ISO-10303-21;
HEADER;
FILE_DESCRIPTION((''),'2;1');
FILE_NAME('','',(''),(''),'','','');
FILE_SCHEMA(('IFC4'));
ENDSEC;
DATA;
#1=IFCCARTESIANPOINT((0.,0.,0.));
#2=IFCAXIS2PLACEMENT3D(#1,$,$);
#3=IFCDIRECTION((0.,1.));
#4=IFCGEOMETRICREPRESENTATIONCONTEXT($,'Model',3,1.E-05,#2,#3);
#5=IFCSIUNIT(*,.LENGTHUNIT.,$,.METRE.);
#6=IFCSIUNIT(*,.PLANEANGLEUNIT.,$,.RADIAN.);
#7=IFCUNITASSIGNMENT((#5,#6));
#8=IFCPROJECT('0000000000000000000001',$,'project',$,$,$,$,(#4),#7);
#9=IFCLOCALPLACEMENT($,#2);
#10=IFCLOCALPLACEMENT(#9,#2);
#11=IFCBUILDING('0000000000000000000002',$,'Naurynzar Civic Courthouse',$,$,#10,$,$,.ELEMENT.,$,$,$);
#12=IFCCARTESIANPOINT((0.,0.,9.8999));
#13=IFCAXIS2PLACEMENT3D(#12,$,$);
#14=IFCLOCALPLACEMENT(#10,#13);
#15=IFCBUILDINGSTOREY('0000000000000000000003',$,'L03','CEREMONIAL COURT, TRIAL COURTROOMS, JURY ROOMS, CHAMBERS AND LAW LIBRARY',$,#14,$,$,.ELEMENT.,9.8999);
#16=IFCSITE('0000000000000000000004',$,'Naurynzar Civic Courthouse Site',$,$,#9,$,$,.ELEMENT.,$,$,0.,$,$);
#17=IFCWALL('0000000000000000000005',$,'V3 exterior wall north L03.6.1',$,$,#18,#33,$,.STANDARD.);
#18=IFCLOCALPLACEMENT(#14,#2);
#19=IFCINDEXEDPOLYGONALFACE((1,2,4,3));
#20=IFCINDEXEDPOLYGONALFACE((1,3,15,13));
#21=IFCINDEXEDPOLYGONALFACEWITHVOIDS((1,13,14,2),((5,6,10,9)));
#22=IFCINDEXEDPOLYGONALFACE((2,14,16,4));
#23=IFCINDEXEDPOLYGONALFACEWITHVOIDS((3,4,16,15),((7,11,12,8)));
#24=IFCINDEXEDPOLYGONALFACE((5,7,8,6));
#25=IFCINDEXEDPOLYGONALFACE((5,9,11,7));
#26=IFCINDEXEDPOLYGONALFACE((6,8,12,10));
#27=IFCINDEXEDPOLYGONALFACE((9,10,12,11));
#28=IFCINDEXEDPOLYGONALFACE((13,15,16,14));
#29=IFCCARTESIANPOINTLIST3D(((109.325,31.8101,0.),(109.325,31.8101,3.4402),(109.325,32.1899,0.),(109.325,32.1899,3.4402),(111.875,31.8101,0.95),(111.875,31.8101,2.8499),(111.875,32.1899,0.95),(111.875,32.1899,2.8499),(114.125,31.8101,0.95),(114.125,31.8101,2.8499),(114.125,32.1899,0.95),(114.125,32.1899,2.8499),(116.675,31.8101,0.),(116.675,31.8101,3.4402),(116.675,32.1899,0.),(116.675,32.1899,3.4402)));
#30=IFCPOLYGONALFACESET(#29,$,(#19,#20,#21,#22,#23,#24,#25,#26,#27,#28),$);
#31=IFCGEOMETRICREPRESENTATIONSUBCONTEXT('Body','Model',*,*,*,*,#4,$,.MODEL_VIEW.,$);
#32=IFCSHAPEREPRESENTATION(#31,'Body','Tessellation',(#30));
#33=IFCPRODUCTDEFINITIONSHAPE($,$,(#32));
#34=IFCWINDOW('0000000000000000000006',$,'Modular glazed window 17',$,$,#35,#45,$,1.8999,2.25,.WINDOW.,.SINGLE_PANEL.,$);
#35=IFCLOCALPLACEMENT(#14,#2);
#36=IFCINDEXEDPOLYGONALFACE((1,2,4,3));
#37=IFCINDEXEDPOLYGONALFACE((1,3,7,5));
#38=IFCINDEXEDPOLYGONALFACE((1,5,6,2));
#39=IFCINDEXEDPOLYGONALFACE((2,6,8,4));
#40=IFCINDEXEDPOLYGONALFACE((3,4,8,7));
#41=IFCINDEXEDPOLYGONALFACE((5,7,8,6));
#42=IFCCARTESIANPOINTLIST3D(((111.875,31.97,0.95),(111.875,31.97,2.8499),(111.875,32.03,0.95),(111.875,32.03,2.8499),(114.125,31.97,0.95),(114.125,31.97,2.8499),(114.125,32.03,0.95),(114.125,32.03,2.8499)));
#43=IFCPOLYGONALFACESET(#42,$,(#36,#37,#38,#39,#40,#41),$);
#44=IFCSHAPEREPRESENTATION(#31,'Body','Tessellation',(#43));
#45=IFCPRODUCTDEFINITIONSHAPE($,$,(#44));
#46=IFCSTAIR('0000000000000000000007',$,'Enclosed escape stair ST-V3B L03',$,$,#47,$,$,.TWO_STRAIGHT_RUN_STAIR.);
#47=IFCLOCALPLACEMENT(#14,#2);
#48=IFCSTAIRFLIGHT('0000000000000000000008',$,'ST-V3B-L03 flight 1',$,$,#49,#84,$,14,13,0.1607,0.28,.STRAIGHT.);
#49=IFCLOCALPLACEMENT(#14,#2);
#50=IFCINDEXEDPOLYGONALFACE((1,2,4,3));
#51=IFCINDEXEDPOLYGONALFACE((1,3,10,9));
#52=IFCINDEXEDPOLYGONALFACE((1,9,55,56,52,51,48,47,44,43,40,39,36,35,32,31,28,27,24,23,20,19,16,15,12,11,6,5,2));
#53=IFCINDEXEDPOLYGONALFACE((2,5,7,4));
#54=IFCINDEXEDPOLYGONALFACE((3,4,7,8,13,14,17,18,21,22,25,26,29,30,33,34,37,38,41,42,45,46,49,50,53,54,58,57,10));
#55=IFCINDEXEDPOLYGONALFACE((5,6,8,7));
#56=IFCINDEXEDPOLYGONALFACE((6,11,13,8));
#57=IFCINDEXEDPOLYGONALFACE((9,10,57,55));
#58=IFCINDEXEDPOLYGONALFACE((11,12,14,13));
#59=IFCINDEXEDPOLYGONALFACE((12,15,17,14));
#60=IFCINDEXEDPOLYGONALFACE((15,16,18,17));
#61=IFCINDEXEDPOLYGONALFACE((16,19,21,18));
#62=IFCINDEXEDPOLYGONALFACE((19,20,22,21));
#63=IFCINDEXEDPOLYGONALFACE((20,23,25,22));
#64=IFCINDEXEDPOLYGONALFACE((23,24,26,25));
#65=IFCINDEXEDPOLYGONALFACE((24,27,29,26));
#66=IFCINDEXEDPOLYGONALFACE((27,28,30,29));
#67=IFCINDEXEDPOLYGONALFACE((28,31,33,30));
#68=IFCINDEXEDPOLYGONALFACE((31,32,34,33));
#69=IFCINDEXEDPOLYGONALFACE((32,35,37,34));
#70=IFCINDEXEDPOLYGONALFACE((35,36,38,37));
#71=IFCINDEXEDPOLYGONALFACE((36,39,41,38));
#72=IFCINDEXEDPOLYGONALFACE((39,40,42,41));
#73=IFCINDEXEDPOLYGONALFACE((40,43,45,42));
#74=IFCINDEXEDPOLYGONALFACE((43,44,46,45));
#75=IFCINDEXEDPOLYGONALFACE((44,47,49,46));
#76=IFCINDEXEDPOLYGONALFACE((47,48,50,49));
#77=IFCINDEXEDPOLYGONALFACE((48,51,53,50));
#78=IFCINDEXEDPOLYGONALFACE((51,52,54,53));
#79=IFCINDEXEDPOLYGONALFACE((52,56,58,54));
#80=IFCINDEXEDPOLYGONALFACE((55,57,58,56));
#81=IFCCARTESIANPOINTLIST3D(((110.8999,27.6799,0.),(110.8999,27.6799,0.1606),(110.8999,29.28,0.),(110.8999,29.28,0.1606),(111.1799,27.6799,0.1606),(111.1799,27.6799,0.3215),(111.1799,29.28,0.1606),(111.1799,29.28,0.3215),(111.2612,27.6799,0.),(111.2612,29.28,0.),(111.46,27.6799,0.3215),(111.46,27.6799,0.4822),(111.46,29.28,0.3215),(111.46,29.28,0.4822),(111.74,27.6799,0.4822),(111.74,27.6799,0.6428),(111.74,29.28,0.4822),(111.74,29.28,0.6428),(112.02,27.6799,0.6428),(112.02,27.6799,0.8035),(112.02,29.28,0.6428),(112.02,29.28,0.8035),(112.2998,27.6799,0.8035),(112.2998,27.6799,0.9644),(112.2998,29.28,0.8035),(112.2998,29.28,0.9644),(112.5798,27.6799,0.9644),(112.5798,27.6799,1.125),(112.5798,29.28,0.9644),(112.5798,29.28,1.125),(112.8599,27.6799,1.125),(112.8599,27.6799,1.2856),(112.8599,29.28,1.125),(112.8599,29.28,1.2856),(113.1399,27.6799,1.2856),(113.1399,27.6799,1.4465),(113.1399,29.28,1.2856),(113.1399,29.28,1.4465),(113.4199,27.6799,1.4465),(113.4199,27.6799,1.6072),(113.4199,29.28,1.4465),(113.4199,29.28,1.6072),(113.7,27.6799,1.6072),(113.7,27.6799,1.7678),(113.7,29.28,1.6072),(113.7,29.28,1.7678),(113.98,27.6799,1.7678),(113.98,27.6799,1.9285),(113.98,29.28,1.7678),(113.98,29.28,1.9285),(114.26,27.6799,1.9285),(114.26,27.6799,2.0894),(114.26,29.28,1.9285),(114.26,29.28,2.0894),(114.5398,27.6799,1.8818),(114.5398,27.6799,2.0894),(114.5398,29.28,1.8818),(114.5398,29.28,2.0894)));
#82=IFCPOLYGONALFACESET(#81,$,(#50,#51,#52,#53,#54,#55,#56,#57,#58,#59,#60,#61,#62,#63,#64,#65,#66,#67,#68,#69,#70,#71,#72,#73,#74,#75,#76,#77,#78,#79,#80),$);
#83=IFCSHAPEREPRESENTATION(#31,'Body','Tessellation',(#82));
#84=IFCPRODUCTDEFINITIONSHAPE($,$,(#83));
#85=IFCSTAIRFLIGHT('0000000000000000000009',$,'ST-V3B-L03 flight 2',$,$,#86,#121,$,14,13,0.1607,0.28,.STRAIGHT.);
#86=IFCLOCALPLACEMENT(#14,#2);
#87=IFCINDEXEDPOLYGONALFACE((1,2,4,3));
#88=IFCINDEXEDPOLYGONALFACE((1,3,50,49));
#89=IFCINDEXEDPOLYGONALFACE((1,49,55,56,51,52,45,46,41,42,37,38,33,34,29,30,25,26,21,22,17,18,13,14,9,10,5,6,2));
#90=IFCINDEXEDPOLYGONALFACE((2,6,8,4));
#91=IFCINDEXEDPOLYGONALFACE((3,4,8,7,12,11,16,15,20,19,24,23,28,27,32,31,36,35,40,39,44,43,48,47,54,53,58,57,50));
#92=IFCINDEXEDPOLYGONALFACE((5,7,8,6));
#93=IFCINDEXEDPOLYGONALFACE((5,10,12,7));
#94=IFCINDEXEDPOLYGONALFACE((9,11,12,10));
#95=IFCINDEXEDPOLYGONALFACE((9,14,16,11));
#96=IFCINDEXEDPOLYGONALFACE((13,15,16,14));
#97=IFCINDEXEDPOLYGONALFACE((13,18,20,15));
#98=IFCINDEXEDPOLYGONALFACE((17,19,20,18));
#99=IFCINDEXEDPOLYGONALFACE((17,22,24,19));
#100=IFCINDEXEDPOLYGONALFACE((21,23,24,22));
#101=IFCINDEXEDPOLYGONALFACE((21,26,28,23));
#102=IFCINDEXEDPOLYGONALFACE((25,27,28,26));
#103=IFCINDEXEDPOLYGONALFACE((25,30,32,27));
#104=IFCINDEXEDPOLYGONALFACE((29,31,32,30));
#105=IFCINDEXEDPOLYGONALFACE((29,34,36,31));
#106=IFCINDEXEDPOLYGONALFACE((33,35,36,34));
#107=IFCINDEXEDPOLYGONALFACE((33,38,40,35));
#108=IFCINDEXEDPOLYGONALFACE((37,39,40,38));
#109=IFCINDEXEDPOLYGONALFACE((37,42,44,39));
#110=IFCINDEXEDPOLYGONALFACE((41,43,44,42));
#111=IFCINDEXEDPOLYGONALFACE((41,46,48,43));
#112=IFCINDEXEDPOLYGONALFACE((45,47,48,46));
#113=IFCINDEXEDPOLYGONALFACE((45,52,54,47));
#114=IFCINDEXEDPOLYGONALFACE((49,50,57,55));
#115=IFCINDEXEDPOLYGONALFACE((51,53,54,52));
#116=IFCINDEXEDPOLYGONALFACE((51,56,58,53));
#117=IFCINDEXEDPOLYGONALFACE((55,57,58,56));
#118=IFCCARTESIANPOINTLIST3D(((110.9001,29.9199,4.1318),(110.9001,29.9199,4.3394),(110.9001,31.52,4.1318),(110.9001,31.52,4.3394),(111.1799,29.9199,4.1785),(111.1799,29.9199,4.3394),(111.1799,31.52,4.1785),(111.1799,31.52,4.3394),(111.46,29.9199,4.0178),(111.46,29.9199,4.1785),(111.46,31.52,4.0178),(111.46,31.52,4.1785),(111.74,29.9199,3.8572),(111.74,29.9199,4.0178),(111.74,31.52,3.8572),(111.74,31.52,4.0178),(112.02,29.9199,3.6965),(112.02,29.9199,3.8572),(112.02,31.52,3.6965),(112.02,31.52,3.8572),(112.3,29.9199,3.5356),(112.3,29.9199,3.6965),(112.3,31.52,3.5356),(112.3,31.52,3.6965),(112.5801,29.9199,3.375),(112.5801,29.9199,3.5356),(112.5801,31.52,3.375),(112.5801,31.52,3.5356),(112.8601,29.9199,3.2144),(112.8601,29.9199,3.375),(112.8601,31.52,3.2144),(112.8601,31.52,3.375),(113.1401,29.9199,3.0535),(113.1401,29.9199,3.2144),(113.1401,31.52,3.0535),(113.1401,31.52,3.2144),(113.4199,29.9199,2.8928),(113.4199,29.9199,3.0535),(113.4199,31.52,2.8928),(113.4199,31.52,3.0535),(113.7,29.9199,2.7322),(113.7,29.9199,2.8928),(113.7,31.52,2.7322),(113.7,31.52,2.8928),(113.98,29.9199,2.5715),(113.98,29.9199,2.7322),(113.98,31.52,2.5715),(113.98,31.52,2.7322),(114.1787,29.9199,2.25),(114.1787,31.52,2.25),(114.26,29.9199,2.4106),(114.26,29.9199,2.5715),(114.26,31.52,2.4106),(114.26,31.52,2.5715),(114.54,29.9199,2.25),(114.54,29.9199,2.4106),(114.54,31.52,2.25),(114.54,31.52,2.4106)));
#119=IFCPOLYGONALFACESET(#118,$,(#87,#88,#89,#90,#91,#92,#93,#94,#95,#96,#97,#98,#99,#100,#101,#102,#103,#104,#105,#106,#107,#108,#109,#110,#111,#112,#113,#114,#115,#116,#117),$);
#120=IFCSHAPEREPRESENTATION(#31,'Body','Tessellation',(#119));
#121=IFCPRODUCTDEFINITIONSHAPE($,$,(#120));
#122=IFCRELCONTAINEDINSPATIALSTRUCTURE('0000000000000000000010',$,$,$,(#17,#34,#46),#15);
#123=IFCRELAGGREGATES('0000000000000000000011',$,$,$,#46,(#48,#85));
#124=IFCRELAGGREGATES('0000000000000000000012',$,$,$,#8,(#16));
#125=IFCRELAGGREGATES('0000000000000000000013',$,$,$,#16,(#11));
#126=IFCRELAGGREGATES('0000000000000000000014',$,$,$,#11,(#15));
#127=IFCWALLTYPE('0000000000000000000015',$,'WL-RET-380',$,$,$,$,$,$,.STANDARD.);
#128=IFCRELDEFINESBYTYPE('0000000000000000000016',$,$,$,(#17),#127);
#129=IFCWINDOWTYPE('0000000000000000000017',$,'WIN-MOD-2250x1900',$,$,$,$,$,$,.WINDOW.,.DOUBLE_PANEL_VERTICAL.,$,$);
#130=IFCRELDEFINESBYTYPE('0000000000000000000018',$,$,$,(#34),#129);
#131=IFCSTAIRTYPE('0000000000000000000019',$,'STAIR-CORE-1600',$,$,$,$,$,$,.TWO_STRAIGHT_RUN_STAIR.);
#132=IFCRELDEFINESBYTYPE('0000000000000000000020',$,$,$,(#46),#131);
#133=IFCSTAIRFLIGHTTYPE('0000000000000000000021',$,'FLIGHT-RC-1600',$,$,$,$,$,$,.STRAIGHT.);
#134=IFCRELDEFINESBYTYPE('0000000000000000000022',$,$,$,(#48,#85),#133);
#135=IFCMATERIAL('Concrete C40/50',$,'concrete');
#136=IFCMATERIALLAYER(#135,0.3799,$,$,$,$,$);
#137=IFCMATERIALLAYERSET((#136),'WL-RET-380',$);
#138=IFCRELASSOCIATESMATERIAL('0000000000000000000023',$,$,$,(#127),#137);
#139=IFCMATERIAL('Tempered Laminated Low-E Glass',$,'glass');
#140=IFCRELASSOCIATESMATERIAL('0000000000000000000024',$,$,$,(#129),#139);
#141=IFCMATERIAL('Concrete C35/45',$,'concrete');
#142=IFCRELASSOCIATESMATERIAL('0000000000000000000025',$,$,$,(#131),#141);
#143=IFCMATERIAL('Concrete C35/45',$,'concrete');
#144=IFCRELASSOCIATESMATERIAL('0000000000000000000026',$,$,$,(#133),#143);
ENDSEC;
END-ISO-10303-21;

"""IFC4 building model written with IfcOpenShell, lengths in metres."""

from ifc_helpers import new_model, si_unit, direction, frame, frame_2d, origin, place, context, subcontext, project, spatial, polyline, rectangle, outline, extrude, material, layer, layer_set, type_object, element, fill, aggregate, save


model = new_model("IFC4")

# Units and contexts
model_context = context("Model", 3, precision=1e-05, world=origin(), true_north=direction((0.0, 1.0)))
body_context = subcontext(model_context, "Body", "Model", "MODEL_VIEW")
ifc_project = project(units=[si_unit("LENGTHUNIT", "METRE"), si_unit("PLANEANGLEUNIT", "RADIAN")], contexts=[model_context])

# Site, building, storey
site_placement = place(None, origin())
site = spatial("IfcSite", under=ifc_project, at=site_placement, Name="Naurynzar Civic Courthouse Site", CompositionType="ELEMENT", RefElevation=0.0)
building_placement = place(site_placement, origin())
building = spatial("IfcBuilding", under=site, at=building_placement, Name="Naurynzar Civic Courthouse", CompositionType="ELEMENT")
storey_placement = place(building_placement, frame((0.0, 0.0, 9.8999)))
storey = spatial("IfcBuildingStorey", under=building, at=storey_placement, Name="L03", Description="CEREMONIAL COURT, TRIAL COURTROOMS, JURY ROOMS, CHAMBERS AND LAW LIBRARY", CompositionType="ELEMENT", Elevation=9.8999)

# Wall, opening, window
ifc_material_1 = material(Name="Concrete C40/50", Category="concrete")
ifc_layer_1 = layer(ifc_material_1, 0.3799)
ifc_layer_set_1 = layer_set([ifc_layer_1], Name="WL-RET-380")
wall_type_1 = type_object("IfcWallType", Name="WL-RET-380", PredefinedType="STANDARD", material=ifc_layer_set_1)
wall_1_placement = place(storey_placement, frame((109.325, 32.0, 0.0), z_axis=(0.0, 0.0, 1.0), x_axis=(1.0, 0.0, 0.0)))
wall_1 = element("IfcWall", 1, at=wall_1_placement, inside=storey, type_object=wall_type_1, Name="V3 exterior wall north L03.6.1", PredefinedType="STANDARD", context=body_context, shape_type="SweptSolid", body=[
    extrude(rectangle(XDim=7.3501, YDim=0.3799, at=frame_2d((3.675, 0.0))), origin(), (0.0, 0.0, 1.0), 3.4402),
])
opening_1_placement = place(wall_1_placement, frame((2.55, 0.0, 0.95)))
opening_1 = element("IfcOpeningElement", 2, at=opening_1_placement, cuts=wall_1, PredefinedType="OPENING", context=body_context, shape_type="SweptSolid", body=[
    extrude(rectangle(XDim=2.25, YDim=1.8999, at=frame_2d((1.125, 0.95))), frame((0.0, 0.2, 0.0), z_axis=(0.0, -1.0, 0.0), x_axis=(1.0, 0.0, 0.0)), (0.0, 0.0, 1.0), 0.3999),
])
ifc_material_2 = material(Name="Tempered Laminated Low-E Glass", Category="glass")
window_type = type_object("IfcWindowType", Name="WIN-MOD-2250x1900", PartitioningType="DOUBLE_PANEL_VERTICAL", PredefinedType="WINDOW", material=ifc_material_2)
window_placement = place(opening_1_placement, origin())
window = element("IfcWindow", 3, at=window_placement, inside=storey, type_object=window_type, Name="Modular glazed window 17", OverallHeight=1.8999, OverallWidth=2.25, PartitioningType="SINGLE_PANEL", PredefinedType="WINDOW", context=body_context, shape_type="SweptSolid", body=[
    extrude(rectangle(XDim=2.25, YDim=1.8999, at=frame_2d((1.125, 0.95))), frame((0.0, 0.03, 0.0), z_axis=(0.0, -1.0, 0.0), x_axis=(1.0, 0.0, 0.0)), (0.0, 0.0, 1.0), 0.0601),
])
fill(opening_1, window)

# Stair, stair flights
ifc_material_3 = material(Name="Concrete C35/45", Category="concrete")
stair_type = type_object("IfcStairType", Name="STAIR-CORE-1600", PredefinedType="TWO_STRAIGHT_RUN_STAIR", material=ifc_material_3)
stair_placement = place(storey_placement, origin())
stair = element("IfcStair", 4, at=stair_placement, inside=storey, type_object=stair_type, Name="Enclosed escape stair ST-V3B L03", PredefinedType="TWO_STRAIGHT_RUN_STAIR")
ifc_material_4 = material(Name="Concrete C35/45", Category="concrete")
stair_flight_type = type_object("IfcStairFlightType", Name="FLIGHT-RC-1600", PredefinedType="STRAIGHT", material=ifc_material_4)
stair_flight_1_placement = place(storey_placement, frame((110.8999, 28.48, 0.0), z_axis=(0.0, 0.0, 1.0), x_axis=(1.0, 0.0, 0.0)))
stair_flight_1 = element("IfcStairFlight", 5, at=stair_flight_1_placement, type_object=stair_flight_type, Name="ST-V3B-L03 flight 1", NumberOfRisers=14, NumberOfTreads=13, PredefinedType="STRAIGHT", RiserHeight=0.1607, TreadLength=0.28, context=body_context, shape_type="SweptSolid", body=[
    extrude(outline(polyline([(0.0, 0.0), (0.0, 0.1606), (0.28, 0.1606), (0.28, 0.3215), (0.5601, 0.3215), (0.5601, 0.4822), (0.8401, 0.4822), (0.8401, 0.6428), (1.1201, 0.6428), (1.1201, 0.8035), (1.3999, 0.8035), (1.3999, 0.9644), (1.6799, 0.9644), (1.6799, 1.125), (1.96, 1.125), (1.96, 1.2856), (2.24, 1.2856), (2.24, 1.4465), (2.52, 1.4465), (2.52, 1.6072), (2.8, 1.6072), (2.8, 1.7678), (3.0801, 1.7678), (3.0801, 1.9285), (3.3601, 1.9285), (3.3601, 2.0894), (3.6399, 2.0894), (3.6399, 2.25), (3.6399, 1.8818), (0.3613, 0.0), (0.0, 0.0)])), frame((0.0, 0.8, 0.0), z_axis=(0.0, -1.0, 0.0), x_axis=(1.0, 0.0, 0.0)), (0.0, 0.0, 1.0), 1.6001),
])
stair_flight_2_placement = place(storey_placement, frame((114.54, 30.72, 2.25), z_axis=(0.0, 0.0, 1.0), x_axis=(-1.0, 0.0, 0.0)))
stair_flight_2 = element("IfcStairFlight", 6, at=stair_flight_2_placement, type_object=stair_flight_type, Name="ST-V3B-L03 flight 2", NumberOfRisers=14, NumberOfTreads=13, PredefinedType="STRAIGHT", RiserHeight=0.1607, TreadLength=0.28, context=body_context, shape_type="SweptSolid", body=[
    extrude(outline(polyline([(0.0, 0.0), (0.0, 0.1606), (0.28, 0.1606), (0.28, 0.3215), (0.5601, 0.3215), (0.5601, 0.4822), (0.8401, 0.4822), (0.8401, 0.6428), (1.1201, 0.6428), (1.1201, 0.8035), (1.3999, 0.8035), (1.3999, 0.9644), (1.6799, 0.9644), (1.6799, 1.125), (1.96, 1.125), (1.96, 1.2856), (2.24, 1.2856), (2.24, 1.4465), (2.52, 1.4465), (2.52, 1.6072), (2.8, 1.6072), (2.8, 1.7678), (3.0801, 1.7678), (3.0801, 1.9285), (3.3601, 1.9285), (3.3601, 2.0894), (3.6399, 2.0894), (3.6399, 2.25), (3.6399, 1.8818), (0.3613, 0.0), (0.0, 0.0)])), frame((0.0, 0.8, 0.0), z_axis=(0.0, -1.0, 0.0), x_axis=(1.0, 0.0, 0.0)), (0.0, 0.0, 1.0), 1.6001),
])
aggregate(stair, [stair_flight_1, stair_flight_2])

save(model, "model.ifc")
